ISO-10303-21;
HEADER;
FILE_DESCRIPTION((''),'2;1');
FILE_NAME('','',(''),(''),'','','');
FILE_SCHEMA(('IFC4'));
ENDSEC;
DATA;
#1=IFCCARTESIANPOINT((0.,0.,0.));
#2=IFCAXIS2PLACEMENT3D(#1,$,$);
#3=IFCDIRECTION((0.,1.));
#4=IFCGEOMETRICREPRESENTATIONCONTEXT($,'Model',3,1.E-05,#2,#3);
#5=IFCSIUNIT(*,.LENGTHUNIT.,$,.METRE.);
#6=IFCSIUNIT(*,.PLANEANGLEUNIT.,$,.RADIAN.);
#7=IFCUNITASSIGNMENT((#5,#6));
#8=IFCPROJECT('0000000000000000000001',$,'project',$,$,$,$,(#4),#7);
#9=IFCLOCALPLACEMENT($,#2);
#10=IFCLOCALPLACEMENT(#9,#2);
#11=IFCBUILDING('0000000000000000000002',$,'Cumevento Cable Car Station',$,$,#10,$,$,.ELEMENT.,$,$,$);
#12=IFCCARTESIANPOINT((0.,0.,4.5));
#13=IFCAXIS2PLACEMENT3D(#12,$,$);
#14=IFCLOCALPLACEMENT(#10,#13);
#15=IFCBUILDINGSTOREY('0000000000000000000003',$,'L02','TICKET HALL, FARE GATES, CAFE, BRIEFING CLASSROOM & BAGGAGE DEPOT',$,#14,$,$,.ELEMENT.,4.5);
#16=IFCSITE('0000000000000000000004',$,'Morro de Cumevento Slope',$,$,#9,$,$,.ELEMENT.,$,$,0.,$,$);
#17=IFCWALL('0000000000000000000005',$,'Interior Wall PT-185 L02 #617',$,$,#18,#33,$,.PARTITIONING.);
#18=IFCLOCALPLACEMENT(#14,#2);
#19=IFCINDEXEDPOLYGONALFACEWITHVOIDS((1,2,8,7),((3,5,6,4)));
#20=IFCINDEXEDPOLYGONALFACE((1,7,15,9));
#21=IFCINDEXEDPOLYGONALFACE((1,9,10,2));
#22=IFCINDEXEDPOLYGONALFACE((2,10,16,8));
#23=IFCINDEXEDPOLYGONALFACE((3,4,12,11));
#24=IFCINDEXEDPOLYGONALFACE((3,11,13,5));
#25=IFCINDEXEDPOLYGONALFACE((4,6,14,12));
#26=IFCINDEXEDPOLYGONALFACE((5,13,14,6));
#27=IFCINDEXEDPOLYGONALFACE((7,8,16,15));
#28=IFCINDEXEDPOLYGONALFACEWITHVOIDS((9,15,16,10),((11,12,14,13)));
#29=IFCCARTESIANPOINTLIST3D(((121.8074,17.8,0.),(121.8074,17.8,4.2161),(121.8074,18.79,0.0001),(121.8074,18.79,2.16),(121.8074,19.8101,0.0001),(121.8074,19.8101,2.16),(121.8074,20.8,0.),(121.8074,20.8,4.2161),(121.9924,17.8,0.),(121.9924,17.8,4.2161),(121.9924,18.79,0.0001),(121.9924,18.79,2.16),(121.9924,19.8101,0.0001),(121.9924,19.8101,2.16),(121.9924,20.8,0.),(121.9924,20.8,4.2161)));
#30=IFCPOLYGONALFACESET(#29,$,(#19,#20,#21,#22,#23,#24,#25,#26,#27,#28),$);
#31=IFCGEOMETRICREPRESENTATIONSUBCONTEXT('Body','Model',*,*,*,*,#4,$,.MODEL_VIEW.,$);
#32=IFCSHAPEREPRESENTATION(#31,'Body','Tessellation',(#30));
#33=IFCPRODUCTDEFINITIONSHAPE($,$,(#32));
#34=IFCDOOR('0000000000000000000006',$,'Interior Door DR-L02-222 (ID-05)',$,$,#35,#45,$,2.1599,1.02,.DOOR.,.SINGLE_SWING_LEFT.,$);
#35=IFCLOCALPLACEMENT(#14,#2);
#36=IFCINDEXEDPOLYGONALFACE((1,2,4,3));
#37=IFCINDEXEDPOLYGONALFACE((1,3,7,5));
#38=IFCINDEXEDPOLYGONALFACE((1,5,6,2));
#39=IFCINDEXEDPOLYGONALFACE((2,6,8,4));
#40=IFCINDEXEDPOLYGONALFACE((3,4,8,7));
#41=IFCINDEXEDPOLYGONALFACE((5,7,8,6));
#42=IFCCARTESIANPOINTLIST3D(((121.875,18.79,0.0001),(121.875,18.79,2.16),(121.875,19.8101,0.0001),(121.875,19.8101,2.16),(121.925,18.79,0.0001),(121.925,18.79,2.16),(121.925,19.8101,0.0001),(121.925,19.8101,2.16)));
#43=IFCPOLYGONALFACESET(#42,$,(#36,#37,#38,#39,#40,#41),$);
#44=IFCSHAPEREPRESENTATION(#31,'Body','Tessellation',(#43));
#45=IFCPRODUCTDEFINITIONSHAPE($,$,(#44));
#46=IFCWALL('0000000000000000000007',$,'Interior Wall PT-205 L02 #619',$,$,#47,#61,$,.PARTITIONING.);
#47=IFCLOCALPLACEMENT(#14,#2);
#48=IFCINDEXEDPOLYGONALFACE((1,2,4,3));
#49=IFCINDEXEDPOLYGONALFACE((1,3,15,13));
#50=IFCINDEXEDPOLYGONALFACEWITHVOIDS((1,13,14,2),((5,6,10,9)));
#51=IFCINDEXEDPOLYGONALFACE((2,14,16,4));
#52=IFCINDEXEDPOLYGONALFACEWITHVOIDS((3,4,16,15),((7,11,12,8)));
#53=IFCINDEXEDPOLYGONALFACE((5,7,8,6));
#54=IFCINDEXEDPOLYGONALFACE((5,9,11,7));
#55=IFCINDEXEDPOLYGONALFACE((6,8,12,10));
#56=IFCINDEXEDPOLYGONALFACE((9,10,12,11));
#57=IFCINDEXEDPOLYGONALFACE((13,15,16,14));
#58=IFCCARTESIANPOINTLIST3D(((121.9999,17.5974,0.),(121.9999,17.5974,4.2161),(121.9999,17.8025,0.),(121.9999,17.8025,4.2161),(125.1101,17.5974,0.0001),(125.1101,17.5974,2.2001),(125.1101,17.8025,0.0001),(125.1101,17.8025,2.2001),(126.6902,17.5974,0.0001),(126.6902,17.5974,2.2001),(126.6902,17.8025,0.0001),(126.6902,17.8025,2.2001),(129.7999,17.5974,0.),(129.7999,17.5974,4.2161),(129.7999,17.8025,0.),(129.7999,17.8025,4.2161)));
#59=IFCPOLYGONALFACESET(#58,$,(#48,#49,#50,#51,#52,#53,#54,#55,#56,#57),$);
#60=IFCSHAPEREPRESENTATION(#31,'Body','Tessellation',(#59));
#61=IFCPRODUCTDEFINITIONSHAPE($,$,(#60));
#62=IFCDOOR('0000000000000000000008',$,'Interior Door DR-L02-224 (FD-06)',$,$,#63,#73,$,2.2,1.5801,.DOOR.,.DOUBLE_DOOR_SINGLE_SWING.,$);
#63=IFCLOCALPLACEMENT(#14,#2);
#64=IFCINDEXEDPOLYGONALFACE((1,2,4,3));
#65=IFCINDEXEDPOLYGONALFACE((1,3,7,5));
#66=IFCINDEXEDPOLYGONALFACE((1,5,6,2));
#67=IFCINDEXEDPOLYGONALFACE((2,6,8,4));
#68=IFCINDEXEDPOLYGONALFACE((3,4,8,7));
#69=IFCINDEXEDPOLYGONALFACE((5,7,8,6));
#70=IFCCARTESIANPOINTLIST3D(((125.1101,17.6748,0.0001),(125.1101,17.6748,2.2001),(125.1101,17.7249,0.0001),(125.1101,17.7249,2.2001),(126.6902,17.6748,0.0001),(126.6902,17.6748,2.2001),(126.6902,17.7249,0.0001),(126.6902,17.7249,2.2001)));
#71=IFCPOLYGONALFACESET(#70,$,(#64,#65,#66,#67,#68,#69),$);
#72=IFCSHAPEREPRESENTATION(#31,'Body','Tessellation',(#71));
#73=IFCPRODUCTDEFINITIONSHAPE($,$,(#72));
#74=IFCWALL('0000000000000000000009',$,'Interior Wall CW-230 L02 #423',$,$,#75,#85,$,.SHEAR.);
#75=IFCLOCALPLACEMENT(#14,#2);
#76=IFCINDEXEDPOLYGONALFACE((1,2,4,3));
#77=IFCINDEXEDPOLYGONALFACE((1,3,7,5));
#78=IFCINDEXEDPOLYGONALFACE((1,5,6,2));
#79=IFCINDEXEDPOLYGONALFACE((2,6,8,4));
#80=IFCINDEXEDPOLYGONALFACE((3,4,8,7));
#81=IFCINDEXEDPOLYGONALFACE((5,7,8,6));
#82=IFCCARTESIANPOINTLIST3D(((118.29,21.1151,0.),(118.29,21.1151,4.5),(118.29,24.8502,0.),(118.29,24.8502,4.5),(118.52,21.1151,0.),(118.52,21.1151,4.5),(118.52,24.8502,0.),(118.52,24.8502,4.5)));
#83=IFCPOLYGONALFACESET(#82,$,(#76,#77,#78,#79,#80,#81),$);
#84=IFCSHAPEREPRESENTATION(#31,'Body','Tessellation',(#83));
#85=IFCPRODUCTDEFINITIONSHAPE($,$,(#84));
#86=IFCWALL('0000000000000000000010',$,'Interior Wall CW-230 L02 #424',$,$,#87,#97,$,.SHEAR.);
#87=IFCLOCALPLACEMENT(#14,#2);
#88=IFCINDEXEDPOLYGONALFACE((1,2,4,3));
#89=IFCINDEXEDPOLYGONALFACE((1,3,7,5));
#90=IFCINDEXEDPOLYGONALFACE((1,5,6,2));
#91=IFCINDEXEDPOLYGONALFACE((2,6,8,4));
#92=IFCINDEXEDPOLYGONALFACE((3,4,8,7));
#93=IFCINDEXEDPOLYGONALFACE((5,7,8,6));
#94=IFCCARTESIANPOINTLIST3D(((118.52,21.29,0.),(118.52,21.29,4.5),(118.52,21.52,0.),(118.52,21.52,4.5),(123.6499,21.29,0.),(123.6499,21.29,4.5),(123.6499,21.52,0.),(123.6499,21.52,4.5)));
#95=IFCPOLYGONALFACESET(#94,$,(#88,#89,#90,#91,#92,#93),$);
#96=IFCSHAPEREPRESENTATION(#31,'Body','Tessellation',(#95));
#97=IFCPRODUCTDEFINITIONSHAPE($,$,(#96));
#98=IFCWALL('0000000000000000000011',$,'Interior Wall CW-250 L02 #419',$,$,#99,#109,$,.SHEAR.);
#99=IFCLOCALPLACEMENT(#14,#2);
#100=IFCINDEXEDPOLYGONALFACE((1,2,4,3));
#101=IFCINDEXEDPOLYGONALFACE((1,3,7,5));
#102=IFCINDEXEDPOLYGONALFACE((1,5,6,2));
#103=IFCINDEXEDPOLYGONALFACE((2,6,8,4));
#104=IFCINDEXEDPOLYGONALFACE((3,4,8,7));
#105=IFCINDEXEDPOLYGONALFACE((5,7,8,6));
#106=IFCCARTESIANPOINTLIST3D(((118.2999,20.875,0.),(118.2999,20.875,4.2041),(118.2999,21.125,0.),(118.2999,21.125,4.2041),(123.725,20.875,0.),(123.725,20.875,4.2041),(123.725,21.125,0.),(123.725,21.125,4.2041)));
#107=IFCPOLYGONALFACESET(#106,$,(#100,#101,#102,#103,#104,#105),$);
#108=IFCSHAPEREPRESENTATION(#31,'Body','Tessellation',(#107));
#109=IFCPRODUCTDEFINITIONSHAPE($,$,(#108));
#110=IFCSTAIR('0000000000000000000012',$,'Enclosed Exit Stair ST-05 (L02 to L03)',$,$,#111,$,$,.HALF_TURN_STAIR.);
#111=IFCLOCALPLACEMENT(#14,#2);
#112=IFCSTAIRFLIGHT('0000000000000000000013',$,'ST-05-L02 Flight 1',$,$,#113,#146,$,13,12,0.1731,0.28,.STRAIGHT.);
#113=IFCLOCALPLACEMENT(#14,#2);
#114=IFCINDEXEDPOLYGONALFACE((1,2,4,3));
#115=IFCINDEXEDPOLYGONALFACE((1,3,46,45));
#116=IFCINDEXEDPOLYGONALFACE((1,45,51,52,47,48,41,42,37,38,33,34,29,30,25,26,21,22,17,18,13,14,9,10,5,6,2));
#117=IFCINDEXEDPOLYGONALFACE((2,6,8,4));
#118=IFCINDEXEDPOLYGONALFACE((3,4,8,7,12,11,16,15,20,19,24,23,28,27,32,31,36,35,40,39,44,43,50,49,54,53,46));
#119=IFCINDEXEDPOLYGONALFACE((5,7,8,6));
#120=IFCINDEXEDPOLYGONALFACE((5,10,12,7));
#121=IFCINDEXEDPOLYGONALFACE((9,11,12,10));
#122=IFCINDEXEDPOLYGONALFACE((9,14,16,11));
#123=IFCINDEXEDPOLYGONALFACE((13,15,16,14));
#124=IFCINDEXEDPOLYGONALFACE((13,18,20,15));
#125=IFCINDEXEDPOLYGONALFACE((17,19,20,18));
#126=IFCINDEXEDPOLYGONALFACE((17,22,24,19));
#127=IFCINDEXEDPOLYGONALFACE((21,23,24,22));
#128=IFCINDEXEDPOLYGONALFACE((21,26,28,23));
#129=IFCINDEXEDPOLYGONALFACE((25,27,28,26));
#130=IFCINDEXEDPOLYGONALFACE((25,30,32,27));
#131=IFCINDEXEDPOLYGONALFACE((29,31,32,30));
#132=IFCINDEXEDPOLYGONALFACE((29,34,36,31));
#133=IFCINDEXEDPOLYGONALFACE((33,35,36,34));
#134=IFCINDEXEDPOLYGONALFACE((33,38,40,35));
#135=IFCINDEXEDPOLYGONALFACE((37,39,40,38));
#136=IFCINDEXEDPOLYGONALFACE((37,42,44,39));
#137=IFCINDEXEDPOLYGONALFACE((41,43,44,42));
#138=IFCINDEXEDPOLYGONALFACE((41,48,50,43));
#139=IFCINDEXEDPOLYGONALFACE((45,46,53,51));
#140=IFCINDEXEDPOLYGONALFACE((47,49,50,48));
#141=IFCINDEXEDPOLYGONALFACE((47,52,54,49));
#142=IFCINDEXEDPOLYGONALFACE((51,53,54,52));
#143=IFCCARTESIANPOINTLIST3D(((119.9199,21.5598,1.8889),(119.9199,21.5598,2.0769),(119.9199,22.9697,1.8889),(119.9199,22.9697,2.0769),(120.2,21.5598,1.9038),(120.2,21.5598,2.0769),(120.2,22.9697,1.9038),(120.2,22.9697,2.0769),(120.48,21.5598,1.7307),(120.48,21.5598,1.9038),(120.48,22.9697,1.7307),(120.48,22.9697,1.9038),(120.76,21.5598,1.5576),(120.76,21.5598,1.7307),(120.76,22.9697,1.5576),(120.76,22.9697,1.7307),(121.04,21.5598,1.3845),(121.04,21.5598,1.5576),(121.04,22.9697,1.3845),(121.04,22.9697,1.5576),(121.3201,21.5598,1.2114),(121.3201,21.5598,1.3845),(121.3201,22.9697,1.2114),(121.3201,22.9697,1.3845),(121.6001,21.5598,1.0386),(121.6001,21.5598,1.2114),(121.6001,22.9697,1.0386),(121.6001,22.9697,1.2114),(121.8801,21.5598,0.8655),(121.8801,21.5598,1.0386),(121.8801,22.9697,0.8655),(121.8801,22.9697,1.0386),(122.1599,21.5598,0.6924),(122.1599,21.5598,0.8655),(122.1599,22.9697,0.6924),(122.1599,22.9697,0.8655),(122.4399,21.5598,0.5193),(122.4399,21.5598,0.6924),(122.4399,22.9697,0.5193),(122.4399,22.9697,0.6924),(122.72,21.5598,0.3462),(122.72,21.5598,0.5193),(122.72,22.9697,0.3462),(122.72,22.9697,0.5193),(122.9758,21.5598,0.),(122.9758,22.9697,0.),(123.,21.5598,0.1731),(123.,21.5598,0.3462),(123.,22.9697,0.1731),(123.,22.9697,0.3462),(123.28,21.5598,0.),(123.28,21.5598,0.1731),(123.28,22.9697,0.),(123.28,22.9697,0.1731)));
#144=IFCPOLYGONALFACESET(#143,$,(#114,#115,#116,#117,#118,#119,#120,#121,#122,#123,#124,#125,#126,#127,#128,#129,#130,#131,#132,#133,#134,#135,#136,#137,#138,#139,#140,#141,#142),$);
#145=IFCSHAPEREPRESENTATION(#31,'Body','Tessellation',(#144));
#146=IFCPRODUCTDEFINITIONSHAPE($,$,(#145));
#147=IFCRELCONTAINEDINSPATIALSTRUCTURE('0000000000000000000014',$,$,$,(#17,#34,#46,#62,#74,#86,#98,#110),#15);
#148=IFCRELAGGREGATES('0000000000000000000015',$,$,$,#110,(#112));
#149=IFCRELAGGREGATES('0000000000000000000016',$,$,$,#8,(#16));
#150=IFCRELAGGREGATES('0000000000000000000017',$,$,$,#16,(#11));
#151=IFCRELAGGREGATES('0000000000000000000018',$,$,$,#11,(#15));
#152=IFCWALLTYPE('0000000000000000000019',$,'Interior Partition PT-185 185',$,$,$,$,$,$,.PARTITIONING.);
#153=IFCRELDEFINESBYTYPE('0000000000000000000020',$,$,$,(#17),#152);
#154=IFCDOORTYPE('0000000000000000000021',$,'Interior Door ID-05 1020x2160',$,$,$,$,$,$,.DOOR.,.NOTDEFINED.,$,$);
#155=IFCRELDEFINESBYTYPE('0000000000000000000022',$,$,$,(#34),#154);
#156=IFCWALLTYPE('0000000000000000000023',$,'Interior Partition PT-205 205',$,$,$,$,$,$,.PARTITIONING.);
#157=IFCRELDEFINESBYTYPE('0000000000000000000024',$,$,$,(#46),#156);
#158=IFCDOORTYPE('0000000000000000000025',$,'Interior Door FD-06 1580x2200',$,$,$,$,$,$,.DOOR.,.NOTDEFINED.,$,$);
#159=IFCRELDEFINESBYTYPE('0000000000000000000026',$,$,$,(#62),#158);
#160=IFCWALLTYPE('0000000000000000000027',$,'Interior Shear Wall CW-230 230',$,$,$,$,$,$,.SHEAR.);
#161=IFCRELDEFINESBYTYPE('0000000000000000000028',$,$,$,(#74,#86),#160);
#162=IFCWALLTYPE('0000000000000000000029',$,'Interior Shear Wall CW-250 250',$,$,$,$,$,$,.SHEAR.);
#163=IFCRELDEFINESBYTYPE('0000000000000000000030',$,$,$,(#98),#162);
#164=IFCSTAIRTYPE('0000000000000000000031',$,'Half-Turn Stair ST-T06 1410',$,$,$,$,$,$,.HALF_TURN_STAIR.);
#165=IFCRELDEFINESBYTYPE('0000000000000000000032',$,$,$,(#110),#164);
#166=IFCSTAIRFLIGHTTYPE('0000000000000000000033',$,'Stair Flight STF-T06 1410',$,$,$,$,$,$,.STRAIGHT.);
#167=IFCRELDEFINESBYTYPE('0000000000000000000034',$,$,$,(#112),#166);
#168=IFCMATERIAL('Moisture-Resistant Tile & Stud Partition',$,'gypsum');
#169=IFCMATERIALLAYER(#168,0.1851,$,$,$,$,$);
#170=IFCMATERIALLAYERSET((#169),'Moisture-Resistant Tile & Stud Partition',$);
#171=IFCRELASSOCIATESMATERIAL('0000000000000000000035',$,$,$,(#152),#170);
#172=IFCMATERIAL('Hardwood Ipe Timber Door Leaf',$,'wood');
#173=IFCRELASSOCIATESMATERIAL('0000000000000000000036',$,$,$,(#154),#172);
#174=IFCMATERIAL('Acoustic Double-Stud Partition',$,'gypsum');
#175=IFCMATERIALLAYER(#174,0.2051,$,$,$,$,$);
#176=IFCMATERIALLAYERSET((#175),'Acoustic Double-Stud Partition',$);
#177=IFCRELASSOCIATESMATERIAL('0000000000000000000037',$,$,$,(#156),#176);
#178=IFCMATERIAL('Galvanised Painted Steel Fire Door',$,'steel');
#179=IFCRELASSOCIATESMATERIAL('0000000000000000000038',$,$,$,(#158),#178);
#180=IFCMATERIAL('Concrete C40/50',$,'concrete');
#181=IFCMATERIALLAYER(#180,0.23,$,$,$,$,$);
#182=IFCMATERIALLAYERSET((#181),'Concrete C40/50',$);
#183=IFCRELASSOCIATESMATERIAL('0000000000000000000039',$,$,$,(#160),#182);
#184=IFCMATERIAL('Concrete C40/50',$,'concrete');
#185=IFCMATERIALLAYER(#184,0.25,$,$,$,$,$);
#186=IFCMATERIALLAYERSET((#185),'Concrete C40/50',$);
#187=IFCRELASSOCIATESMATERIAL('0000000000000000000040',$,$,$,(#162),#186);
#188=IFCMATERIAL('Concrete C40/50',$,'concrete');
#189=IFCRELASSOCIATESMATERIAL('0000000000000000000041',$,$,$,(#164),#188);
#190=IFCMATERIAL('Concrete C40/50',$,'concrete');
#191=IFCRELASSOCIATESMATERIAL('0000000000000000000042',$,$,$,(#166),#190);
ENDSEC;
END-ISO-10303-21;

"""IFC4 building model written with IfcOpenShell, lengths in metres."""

from ifc_helpers import new_model, si_unit, direction, frame, frame_2d, origin, place, context, subcontext, project, spatial, polyline, rectangle, outline, extrude, material, layer, layer_set, type_object, element, fill, aggregate, save


model = new_model("IFC4")

# Units and contexts
model_context = context("Model", 3, precision=1e-05, world=origin(), true_north=direction((0.0, 1.0)))
body_context = subcontext(model_context, "Body", "Model", "MODEL_VIEW")
ifc_project = project(units=[si_unit("LENGTHUNIT", "METRE"), si_unit("PLANEANGLEUNIT", "RADIAN")], contexts=[model_context])

# Site, building, storey
site_placement = place(None, origin())
site = spatial("IfcSite", under=ifc_project, at=site_placement, Name="Morro de Cumevento Slope", CompositionType="ELEMENT", RefElevation=0.0)
building_placement = place(site_placement, origin())
building = spatial("IfcBuilding", under=site, at=building_placement, Name="Cumevento Cable Car Station", CompositionType="ELEMENT")
storey_placement = place(building_placement, frame((0.0, 0.0, 4.5)))
storey = spatial("IfcBuildingStorey", under=building, at=storey_placement, Name="L02", Description="TICKET HALL, FARE GATES, CAFE, BRIEFING CLASSROOM & BAGGAGE DEPOT", CompositionType="ELEMENT", Elevation=4.5)

# Walls, openings, doors
ifc_material_1 = material(Name="Moisture-Resistant Tile & Stud Partition", Category="gypsum")
ifc_layer_1 = layer(ifc_material_1, 0.1851)
ifc_layer_set_1 = layer_set([ifc_layer_1], Name="Moisture-Resistant Tile & Stud Partition")
wall_type_1 = type_object("IfcWallType", Name="Interior Partition PT-185 185", PredefinedType="PARTITIONING", material=ifc_layer_set_1)
wall_1_placement = place(storey_placement, frame((121.8999, 17.8, 0.0), z_axis=(0.0, 0.0, 1.0), x_axis=(0.0, 1.0, 0.0)))
wall_1 = element("IfcWall", 1, at=wall_1_placement, inside=storey, type_object=wall_type_1, Name="Interior Wall PT-185 L02 #617", PredefinedType="PARTITIONING", context=body_context, shape_type="SweptSolid", body=[
    extrude(rectangle(XDim=3.0, YDim=0.1851, at=frame_2d((1.5, 0.0))), origin(), (0.0, 0.0, 1.0), 4.2161),
])
opening_1_placement = place(wall_1_placement, frame((0.99, 0.0, 0.0)))
opening_1 = element("IfcOpeningElement", 2, at=opening_1_placement, cuts=wall_1, PredefinedType="OPENING", context=body_context, shape_type="SweptSolid", body=[
    extrude(rectangle(XDim=1.02, YDim=2.1599, at=frame_2d((0.51, 1.0801))), frame((0.0, 0.1025, 0.0), z_axis=(0.0, -1.0, 0.0), x_axis=(1.0, 0.0, 0.0)), (0.0, 0.0, 1.0), 0.2051),
])
ifc_material_2 = material(Name="Hardwood Ipe Timber Door Leaf", Category="wood")
door_type_1 = type_object("IfcDoorType", Name="Interior Door ID-05 1020x2160", OperationType="NOTDEFINED", PredefinedType="DOOR", material=ifc_material_2)
door_1_placement = place(opening_1_placement, origin())
door_1 = element("IfcDoor", 3, at=door_1_placement, inside=storey, type_object=door_type_1, Name="Interior Door DR-L02-222 (ID-05)", OperationType="SINGLE_SWING_LEFT", OverallHeight=2.1599, OverallWidth=1.02, PredefinedType="DOOR", context=body_context, shape_type="SweptSolid", body=[
    extrude(rectangle(XDim=1.02, YDim=2.1599, at=frame_2d((0.51, 1.0801))), frame((0.0, 0.0249, 0.0), z_axis=(0.0, -1.0, 0.0), x_axis=(1.0, 0.0, 0.0)), (0.0, 0.0, 1.0), 0.05),
])
fill(opening_1, door_1)
ifc_material_3 = material(Name="Acoustic Double-Stud Partition", Category="gypsum")
ifc_layer_2 = layer(ifc_material_3, 0.2051)
ifc_layer_set_2 = layer_set([ifc_layer_2], Name="Acoustic Double-Stud Partition")
wall_type_2 = type_object("IfcWallType", Name="Interior Partition PT-205 205", PredefinedType="PARTITIONING", material=ifc_layer_set_2)
wall_2_placement = place(storey_placement, frame((122.0, 17.7, 0.0), z_axis=(0.0, 0.0, 1.0), x_axis=(1.0, 0.0, 0.0)))
wall_2 = element("IfcWall", 4, at=wall_2_placement, inside=storey, type_object=wall_type_2, Name="Interior Wall PT-205 L02 #619", PredefinedType="PARTITIONING", context=body_context, shape_type="SweptSolid", body=[
    extrude(rectangle(XDim=7.8, YDim=0.2051, at=frame_2d((3.8999, 0.0))), origin(), (0.0, 0.0, 1.0), 4.2161),
])
opening_2_placement = place(wall_2_placement, frame((3.1101, 0.0, 0.0)))
opening_2 = element("IfcOpeningElement", 5, at=opening_2_placement, cuts=wall_2, PredefinedType="OPENING", context=body_context, shape_type="SweptSolid", body=[
    extrude(rectangle(XDim=1.5801, YDim=2.2, at=frame_2d((0.79, 1.1001))), frame((0.0, 0.1125, 0.0), z_axis=(0.0, -1.0, 0.0), x_axis=(1.0, 0.0, 0.0)), (0.0, 0.0, 1.0), 0.2251),
])
ifc_material_4 = material(Name="Galvanised Painted Steel Fire Door", Category="steel")
door_type_2 = type_object("IfcDoorType", Name="Interior Door FD-06 1580x2200", OperationType="NOTDEFINED", PredefinedType="DOOR", material=ifc_material_4)
door_2_placement = place(opening_2_placement, origin())
door_2 = element("IfcDoor", 6, at=door_2_placement, inside=storey, type_object=door_type_2, Name="Interior Door DR-L02-224 (FD-06)", OperationType="DOUBLE_DOOR_SINGLE_SWING", OverallHeight=2.2, OverallWidth=1.5801, PredefinedType="DOOR", context=body_context, shape_type="SweptSolid", body=[
    extrude(rectangle(XDim=1.5801, YDim=2.2, at=frame_2d((0.79, 1.1001))), frame((0.0, 0.0249, 0.0), z_axis=(0.0, -1.0, 0.0), x_axis=(1.0, 0.0, 0.0)), (0.0, 0.0, 1.0), 0.05),
])
fill(opening_2, door_2)

# Walls
ifc_material_5 = material(Name="Concrete C40/50", Category="concrete")
ifc_layer_3 = layer(ifc_material_5, 0.23)
ifc_layer_set_3 = layer_set([ifc_layer_3], Name="Concrete C40/50")
wall_type_3 = type_object("IfcWallType", Name="Interior Shear Wall CW-230 230", PredefinedType="SHEAR", material=ifc_layer_set_3)
wall_3_placement = place(storey_placement, frame((118.405, 21.115, 0.0), z_axis=(0.0, 0.0, 1.0), x_axis=(0.0, 1.0, 0.0)))
element("IfcWall", 7, at=wall_3_placement, inside=storey, type_object=wall_type_3, Name="Interior Wall CW-230 L02 #423", PredefinedType="SHEAR", context=body_context, shape_type="SweptSolid", body=[
    extrude(rectangle(XDim=3.7351, YDim=0.23, at=frame_2d((1.8677, 0.0))), origin(), (0.0, 0.0, 1.0), 4.5),
])
wall_4_placement = place(storey_placement, frame((118.52, 21.405, 0.0), z_axis=(0.0, 0.0, 1.0), x_axis=(1.0, 0.0, 0.0)))
element("IfcWall", 8, at=wall_4_placement, inside=storey, type_object=wall_type_3, Name="Interior Wall CW-230 L02 #424", PredefinedType="SHEAR", context=body_context, shape_type="SweptSolid", body=[
    extrude(rectangle(XDim=5.1299, YDim=0.23, at=frame_2d((2.5649, 0.0))), origin(), (0.0, 0.0, 1.0), 4.5),
])
ifc_material_6 = material(Name="Concrete C40/50", Category="concrete")
ifc_layer_4 = layer(ifc_material_6, 0.25)
ifc_layer_set_4 = layer_set([ifc_layer_4], Name="Concrete C40/50")
wall_type_4 = type_object("IfcWallType", Name="Interior Shear Wall CW-250 250", PredefinedType="SHEAR", material=ifc_layer_set_4)
wall_5_placement = place(storey_placement, frame((118.3, 21.0, 0.0), z_axis=(0.0, 0.0, 1.0), x_axis=(1.0, 0.0, 0.0)))
element("IfcWall", 9, at=wall_5_placement, inside=storey, type_object=wall_type_4, Name="Interior Wall CW-250 L02 #419", PredefinedType="SHEAR", context=body_context, shape_type="SweptSolid", body=[
    extrude(rectangle(XDim=5.425, YDim=0.25, at=frame_2d((2.7124, 0.0))), origin(), (0.0, 0.0, 1.0), 4.2041),
])

# Stair, stair flight
ifc_material_7 = material(Name="Concrete C40/50", Category="concrete")
stair_type = type_object("IfcStairType", Name="Half-Turn Stair ST-T06 1410", PredefinedType="HALF_TURN_STAIR", material=ifc_material_7)
stair_placement = place(storey_placement, origin())
stair = element("IfcStair", 10, at=stair_placement, inside=storey, type_object=stair_type, Name="Enclosed Exit Stair ST-05 (L02 to L03)", PredefinedType="HALF_TURN_STAIR")
ifc_material_8 = material(Name="Concrete C40/50", Category="concrete")
stair_flight_type = type_object("IfcStairFlightType", Name="Stair Flight STF-T06 1410", PredefinedType="STRAIGHT", material=ifc_material_8)
stair_flight_placement = place(storey_placement, frame((123.28, 22.2649, 0.0), z_axis=(0.0, 0.0, 1.0), x_axis=(-1.0, 0.0, 0.0)))
stair_flight = element("IfcStairFlight", 11, at=stair_flight_placement, type_object=stair_flight_type, Name="ST-05-L02 Flight 1", NumberOfRisers=13, NumberOfTreads=12, PredefinedType="STRAIGHT", RiserHeight=0.1731, TreadLength=0.28, context=body_context, shape_type="SweptSolid", body=[
    extrude(outline(polyline([(0.0, 0.0), (0.0, 0.1731), (0.28, 0.1731), (0.28, 0.3462), (0.5601, 0.3462), (0.5601, 0.5193), (0.8401, 0.5193), (0.8401, 0.6924), (1.1201, 0.6924), (1.1201, 0.8655), (1.3999, 0.8655), (1.3999, 1.0386), (1.6799, 1.0386), (1.6799, 1.2114), (1.96, 1.2114), (1.96, 1.3845), (2.24, 1.3845), (2.24, 1.5576), (2.52, 1.5576), (2.52, 1.7307), (2.8, 1.7307), (2.8, 1.9038), (3.0801, 1.9038), (3.0801, 2.0769), (3.3601, 2.0769), (3.3601, 2.25), (3.3601, 1.8889), (0.3042, 0.0), (0.0, 0.0)])), frame((0.0, 0.7051, 0.0), z_axis=(0.0, -1.0, 0.0), x_axis=(1.0, 0.0, 0.0)), (0.0, 0.0, 1.0), 1.4099),
])
aggregate(stair, [stair_flight])

save(model, "model.ifc")
